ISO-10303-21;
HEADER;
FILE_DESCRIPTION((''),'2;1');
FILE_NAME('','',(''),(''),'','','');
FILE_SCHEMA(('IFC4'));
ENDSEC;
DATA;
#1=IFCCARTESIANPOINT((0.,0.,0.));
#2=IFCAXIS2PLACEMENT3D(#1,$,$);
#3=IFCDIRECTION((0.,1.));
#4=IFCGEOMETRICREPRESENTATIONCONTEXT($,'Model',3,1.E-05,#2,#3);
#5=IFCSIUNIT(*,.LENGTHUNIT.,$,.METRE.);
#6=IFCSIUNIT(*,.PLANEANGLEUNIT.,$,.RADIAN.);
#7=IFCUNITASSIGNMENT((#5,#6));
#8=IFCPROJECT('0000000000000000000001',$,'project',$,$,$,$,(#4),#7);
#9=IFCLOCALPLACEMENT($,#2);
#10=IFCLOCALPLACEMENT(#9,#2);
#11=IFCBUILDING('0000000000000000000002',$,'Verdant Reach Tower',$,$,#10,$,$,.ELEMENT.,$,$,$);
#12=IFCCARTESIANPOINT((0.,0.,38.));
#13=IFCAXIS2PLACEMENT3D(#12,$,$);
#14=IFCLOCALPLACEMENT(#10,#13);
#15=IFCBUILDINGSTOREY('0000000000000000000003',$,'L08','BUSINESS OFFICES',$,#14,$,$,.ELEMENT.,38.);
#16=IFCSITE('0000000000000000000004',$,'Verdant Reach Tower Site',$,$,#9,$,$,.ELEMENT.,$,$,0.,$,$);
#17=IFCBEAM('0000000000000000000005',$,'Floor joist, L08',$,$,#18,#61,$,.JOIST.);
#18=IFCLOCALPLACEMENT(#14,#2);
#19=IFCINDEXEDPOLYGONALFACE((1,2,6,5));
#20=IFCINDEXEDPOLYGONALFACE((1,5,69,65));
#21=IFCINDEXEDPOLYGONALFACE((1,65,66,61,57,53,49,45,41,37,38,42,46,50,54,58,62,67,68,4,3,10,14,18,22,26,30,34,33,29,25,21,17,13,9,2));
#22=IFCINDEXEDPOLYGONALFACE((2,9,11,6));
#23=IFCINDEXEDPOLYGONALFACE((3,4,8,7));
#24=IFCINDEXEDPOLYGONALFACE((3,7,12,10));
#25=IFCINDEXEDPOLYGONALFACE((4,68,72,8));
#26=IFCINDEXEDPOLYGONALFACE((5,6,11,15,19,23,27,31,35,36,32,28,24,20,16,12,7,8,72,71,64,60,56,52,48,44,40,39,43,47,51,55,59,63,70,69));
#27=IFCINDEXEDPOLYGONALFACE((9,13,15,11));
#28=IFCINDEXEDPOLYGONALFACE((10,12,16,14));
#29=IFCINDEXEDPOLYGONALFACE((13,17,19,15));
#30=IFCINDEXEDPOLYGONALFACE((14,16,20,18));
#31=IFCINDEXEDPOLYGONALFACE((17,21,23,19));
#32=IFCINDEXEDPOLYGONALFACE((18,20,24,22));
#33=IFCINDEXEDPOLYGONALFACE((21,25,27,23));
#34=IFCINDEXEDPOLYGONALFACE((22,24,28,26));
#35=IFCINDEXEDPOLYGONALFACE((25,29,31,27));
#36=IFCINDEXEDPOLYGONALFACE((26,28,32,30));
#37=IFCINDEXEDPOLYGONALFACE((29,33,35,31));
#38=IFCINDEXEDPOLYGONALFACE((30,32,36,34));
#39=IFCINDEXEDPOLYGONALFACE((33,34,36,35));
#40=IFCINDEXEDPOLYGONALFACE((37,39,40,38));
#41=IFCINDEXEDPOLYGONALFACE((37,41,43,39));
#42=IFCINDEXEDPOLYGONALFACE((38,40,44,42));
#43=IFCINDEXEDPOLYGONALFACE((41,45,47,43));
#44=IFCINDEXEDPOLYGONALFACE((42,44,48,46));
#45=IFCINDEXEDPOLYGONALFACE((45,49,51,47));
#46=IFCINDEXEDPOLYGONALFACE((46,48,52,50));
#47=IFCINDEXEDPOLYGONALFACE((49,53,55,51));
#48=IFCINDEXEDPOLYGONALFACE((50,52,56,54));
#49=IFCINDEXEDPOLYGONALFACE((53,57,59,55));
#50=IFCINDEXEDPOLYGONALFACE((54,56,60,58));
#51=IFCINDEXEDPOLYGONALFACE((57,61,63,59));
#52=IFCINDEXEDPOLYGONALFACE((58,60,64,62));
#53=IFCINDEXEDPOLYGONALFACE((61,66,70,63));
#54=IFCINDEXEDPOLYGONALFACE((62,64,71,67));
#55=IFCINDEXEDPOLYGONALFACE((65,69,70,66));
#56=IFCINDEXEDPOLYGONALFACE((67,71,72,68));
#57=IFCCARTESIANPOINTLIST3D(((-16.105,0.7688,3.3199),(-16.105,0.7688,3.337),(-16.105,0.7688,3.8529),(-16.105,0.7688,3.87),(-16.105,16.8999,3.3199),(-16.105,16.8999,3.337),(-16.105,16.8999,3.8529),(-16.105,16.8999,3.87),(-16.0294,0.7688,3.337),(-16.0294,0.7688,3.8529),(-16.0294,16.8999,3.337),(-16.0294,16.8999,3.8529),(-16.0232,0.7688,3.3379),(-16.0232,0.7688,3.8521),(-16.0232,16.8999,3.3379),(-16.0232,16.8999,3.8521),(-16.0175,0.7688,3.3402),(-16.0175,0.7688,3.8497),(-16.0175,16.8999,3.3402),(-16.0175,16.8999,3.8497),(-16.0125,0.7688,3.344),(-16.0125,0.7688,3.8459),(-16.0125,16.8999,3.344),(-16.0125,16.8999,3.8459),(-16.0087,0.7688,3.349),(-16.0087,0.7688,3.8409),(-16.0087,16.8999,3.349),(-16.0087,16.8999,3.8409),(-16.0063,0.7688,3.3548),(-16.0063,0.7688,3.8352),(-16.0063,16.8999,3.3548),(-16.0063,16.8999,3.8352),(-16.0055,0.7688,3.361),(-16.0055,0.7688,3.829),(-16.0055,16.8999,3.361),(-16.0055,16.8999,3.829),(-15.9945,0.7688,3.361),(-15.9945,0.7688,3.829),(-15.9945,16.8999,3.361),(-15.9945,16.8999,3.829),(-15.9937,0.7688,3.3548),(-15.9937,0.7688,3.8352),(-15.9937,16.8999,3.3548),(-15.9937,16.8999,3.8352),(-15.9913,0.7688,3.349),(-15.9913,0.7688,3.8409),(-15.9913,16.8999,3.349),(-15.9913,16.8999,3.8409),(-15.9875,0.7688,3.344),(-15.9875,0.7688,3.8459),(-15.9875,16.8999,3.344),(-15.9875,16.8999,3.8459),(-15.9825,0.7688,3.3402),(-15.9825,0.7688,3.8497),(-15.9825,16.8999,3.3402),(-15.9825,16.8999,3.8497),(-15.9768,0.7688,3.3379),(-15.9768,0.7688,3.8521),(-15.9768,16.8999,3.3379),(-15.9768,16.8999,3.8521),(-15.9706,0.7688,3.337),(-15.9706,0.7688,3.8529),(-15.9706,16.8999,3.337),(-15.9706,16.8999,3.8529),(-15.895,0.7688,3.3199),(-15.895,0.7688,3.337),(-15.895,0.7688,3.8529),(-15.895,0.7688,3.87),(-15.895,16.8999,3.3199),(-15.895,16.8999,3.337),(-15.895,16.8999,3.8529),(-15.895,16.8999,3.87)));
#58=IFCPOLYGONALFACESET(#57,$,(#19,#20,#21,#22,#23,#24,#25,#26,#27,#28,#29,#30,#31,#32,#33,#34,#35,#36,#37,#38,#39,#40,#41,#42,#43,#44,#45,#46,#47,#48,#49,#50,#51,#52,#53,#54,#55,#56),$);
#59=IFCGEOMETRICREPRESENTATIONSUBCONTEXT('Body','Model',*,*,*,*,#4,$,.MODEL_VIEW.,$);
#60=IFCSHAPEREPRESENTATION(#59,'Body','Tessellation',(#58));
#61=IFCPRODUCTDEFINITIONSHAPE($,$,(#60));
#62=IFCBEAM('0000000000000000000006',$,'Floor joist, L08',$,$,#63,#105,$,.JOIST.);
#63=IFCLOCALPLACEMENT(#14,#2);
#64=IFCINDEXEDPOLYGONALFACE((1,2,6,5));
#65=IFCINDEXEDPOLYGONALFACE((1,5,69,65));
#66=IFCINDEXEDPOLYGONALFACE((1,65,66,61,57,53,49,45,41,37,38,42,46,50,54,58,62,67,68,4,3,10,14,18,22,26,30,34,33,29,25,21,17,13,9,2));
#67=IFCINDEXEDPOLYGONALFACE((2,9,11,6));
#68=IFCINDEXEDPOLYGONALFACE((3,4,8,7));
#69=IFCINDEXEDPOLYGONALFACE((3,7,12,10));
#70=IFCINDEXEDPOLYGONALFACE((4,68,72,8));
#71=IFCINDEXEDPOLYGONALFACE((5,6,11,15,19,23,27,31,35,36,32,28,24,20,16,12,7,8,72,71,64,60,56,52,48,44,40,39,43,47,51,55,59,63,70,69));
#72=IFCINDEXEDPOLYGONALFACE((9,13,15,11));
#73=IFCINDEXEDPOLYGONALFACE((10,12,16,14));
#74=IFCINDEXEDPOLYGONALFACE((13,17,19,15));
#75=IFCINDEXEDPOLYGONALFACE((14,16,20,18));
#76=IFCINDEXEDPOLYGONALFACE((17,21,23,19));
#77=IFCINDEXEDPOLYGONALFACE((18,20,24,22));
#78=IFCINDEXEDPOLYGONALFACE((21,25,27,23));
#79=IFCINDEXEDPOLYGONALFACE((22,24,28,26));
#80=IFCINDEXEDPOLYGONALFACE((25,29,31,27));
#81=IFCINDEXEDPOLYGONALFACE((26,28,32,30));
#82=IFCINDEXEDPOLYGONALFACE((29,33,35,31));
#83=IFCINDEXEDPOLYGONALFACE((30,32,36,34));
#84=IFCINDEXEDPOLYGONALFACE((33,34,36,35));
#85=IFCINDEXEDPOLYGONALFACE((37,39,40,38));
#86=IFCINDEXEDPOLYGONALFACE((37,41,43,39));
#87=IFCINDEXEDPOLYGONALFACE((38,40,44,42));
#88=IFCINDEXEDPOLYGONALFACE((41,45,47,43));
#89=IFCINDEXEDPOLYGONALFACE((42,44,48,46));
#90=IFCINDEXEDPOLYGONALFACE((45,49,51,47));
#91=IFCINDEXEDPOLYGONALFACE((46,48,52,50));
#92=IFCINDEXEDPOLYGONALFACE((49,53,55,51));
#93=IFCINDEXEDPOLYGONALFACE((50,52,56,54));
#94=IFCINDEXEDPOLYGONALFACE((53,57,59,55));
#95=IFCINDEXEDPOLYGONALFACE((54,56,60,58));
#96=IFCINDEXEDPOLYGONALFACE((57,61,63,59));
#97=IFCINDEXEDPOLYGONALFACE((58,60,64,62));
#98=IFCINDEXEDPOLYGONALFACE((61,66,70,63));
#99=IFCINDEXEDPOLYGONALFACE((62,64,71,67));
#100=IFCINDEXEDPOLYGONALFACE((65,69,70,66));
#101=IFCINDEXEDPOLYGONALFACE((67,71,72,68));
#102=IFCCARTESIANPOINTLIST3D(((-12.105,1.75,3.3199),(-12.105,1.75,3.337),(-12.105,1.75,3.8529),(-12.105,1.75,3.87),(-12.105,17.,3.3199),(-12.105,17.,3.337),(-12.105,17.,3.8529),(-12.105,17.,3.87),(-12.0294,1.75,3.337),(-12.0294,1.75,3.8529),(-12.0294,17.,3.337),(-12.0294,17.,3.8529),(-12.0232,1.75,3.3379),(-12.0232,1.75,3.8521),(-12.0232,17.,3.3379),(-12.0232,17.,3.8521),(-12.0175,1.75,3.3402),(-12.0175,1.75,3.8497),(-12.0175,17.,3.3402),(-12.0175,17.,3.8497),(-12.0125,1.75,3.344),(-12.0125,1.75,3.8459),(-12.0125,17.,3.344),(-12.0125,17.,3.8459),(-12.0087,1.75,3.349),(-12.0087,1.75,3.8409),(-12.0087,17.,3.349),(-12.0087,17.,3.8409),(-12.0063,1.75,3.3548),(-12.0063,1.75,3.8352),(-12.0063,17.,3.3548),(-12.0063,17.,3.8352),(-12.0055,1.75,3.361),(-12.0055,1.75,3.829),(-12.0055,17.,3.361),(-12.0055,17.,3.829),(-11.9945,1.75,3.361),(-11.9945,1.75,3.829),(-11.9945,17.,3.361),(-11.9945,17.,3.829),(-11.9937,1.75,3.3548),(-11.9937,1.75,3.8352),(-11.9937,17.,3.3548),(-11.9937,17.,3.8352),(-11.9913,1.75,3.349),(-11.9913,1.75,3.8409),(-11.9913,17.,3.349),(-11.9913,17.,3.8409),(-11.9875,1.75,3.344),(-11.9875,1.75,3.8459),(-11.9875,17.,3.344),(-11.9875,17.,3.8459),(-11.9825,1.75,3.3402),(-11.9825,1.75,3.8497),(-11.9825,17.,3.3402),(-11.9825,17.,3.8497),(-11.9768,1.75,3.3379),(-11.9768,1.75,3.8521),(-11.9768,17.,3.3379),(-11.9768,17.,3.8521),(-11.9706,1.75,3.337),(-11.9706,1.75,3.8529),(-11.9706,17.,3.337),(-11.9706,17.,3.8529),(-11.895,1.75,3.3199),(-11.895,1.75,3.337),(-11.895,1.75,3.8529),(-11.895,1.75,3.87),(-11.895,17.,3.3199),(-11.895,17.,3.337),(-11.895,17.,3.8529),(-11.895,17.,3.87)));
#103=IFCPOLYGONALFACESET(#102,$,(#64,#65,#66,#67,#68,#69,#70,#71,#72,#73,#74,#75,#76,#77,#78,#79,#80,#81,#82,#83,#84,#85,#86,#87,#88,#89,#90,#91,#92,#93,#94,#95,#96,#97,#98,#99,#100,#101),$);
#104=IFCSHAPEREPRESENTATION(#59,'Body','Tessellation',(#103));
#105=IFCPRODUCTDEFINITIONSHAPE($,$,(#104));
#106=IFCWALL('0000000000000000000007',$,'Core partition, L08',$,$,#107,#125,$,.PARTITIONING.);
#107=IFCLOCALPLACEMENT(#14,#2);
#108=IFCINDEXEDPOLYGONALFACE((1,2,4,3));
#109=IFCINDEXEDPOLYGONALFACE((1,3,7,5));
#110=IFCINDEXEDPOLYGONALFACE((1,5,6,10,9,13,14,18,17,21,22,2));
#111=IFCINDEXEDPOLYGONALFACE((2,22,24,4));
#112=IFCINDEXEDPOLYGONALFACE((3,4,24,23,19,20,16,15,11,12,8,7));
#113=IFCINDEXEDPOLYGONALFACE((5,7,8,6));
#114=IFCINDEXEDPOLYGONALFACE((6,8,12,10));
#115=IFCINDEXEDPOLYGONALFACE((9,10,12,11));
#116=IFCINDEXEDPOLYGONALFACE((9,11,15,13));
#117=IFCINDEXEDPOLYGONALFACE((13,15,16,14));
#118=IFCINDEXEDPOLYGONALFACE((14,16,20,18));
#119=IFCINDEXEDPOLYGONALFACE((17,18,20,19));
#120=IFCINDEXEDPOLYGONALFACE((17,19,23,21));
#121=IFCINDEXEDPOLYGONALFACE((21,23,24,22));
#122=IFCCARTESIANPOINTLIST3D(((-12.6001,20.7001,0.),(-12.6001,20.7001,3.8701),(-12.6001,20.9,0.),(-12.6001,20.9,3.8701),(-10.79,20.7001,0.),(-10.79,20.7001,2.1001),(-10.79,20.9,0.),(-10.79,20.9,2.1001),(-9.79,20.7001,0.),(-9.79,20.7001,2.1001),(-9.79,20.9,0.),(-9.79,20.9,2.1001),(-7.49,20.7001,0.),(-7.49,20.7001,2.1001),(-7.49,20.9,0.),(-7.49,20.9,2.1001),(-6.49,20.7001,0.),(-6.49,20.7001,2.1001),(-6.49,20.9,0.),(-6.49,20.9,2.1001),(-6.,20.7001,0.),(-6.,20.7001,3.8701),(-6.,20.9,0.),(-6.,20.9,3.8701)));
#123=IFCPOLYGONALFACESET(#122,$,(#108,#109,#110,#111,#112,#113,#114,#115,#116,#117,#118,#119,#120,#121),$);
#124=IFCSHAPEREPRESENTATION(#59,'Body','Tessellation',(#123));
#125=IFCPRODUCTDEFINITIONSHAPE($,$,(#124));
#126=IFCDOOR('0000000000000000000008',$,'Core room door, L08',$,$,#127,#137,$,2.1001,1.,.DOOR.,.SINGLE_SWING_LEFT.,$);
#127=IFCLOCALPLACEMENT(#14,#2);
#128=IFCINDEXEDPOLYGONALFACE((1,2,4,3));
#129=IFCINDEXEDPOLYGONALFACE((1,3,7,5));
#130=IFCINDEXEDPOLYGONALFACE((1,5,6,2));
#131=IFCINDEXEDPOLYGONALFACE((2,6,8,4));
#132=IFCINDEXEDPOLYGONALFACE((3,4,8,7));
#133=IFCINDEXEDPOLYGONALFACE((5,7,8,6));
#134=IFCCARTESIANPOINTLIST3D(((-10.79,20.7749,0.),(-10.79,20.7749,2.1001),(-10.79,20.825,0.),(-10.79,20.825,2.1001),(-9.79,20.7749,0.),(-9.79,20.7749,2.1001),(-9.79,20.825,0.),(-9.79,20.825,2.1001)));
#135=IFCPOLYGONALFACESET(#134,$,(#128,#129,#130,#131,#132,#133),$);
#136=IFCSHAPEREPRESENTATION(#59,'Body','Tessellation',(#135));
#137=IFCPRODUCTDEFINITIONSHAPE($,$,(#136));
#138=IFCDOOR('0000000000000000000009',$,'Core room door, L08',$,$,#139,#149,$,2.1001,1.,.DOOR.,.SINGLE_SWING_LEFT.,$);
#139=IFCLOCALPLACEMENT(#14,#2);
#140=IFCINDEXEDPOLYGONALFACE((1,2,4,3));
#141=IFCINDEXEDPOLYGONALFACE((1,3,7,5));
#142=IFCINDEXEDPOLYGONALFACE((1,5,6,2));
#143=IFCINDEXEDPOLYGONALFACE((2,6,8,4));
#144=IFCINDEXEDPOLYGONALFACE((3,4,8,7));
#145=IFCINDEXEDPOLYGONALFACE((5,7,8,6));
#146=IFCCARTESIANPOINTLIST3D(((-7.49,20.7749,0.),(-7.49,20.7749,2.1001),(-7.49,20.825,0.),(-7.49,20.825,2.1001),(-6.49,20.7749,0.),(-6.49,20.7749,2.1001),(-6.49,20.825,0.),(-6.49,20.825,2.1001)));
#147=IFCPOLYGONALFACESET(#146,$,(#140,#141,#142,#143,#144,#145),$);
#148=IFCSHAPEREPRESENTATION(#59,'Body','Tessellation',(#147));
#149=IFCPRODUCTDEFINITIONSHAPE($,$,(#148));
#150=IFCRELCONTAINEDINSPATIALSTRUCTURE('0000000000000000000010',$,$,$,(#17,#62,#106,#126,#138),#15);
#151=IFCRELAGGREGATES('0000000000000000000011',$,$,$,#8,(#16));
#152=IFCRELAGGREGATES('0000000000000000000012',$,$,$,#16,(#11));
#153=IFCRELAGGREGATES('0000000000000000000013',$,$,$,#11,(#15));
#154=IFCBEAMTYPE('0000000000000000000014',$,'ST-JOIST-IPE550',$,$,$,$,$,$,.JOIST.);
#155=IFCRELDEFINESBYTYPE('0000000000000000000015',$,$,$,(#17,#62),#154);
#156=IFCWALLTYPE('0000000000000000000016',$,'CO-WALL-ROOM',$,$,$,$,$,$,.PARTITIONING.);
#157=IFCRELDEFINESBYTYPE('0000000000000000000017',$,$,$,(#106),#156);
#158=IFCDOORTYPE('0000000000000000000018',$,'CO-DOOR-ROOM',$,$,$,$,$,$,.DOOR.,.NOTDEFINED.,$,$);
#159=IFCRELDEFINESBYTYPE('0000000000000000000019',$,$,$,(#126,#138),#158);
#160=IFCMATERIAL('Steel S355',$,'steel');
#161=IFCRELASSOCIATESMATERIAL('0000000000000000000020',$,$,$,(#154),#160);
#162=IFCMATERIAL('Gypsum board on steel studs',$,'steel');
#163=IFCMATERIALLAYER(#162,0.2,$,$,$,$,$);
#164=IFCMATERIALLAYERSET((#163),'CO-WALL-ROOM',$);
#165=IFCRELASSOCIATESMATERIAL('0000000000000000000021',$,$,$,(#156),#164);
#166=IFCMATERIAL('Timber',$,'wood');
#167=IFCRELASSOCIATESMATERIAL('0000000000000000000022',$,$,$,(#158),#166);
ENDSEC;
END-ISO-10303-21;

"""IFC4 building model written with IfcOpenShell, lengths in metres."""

from ifc_helpers import new_model, si_unit, direction, frame, frame_2d, origin, origin_2d, place, context, subcontext, project, spatial, rectangle, i_section, extrude, material, layer, layer_set, material_profile, profile_set, type_object, element, fill, save


model = new_model("IFC4")

# Units and contexts
model_context = context("Model", 3, precision=1e-05, world=origin(), true_north=direction((0.0, 1.0)))
body_context = subcontext(model_context, "Body", "Model", "MODEL_VIEW")
ifc_project = project(units=[si_unit("LENGTHUNIT", "METRE"), si_unit("PLANEANGLEUNIT", "RADIAN")], contexts=[model_context])

# Site, building, storey
site_placement = place(None, origin())
site = spatial("IfcSite", under=ifc_project, at=site_placement, Name="Verdant Reach Tower Site", CompositionType="ELEMENT", RefElevation=0.0)
building_placement = place(site_placement, origin())
building = spatial("IfcBuilding", under=site, at=building_placement, Name="Verdant Reach Tower", CompositionType="ELEMENT")
storey_placement = place(building_placement, frame((0.0, 0.0, 38.0)))
storey = spatial("IfcBuildingStorey", under=building, at=storey_placement, Name="L08", Description="BUSINESS OFFICES", CompositionType="ELEMENT", Elevation=38.0)

# Beams
ifc_material_1 = material(Name="Steel S355", Category="steel")
ifc_material_profile_1 = material_profile(ifc_material_1, i_section(OverallWidth=0.21, OverallDepth=0.55, WebThickness=0.011, FlangeThickness=0.0171, FilletRadius=0.0239, at=origin_2d()), Name="IPE 550")
ifc_profile_set_1 = profile_set([ifc_material_profile_1], Name="Steel S355")
beam_type_1 = type_object("IfcBeamType", Name="ST-JOIST-IPE550", PredefinedType="JOIST", material=ifc_profile_set_1)
beam_1_placement = place(storey_placement, frame((-16.0, 16.8999, 3.595), z_axis=(0.0, -1.0, 0.0), x_axis=(1.0, 0.0, 0.0)))
element("IfcBeam", 1, at=beam_1_placement, inside=storey, type_object=beam_type_1, Name="Floor joist, L08", PredefinedType="JOIST", context=body_context, shape_type="SweptSolid", body=[
    extrude(i_section(OverallWidth=0.21, OverallDepth=0.55, WebThickness=0.011, FlangeThickness=0.0171, FilletRadius=0.0239, at=origin_2d()), origin(), (0.0, 0.0, 1.0), 16.1311),
])
beam_2_placement = place(storey_placement, frame((-12.0, 17.0, 3.595), z_axis=(0.0, -1.0, 0.0), x_axis=(1.0, 0.0, 0.0)))
element("IfcBeam", 2, at=beam_2_placement, inside=storey, type_object=beam_type_1, Name="Floor joist, L08", PredefinedType="JOIST", context=body_context, shape_type="SweptSolid", body=[
    extrude(i_section(OverallWidth=0.21, OverallDepth=0.55, WebThickness=0.011, FlangeThickness=0.0171, FilletRadius=0.0239, at=origin_2d()), origin(), (0.0, 0.0, 1.0), 15.25),
])

# Wall, openings, doors
ifc_material_2 = material(Name="Gypsum board on steel studs", Category="steel")
ifc_layer_1 = layer(ifc_material_2, 0.2)
ifc_layer_set_1 = layer_set([ifc_layer_1], Name="CO-WALL-ROOM")
wall_type_1 = type_object("IfcWallType", Name="CO-WALL-ROOM", PredefinedType="PARTITIONING", material=ifc_layer_set_1)
wall_1_placement = place(storey_placement, frame((-12.6001, 20.8, 0.0), z_axis=(0.0, 0.0, 1.0), x_axis=(1.0, 0.0, 0.0)))
wall_1 = element("IfcWall", 3, at=wall_1_placement, inside=storey, type_object=wall_type_1, Name="Core partition, L08", PredefinedType="PARTITIONING", context=body_context, shape_type="SweptSolid", body=[
    extrude(rectangle(XDim=6.6001, YDim=0.2, at=frame_2d((3.3, 0.0))), origin(), (0.0, 0.0, 1.0), 3.8701),
])
opening_1_placement = place(wall_1_placement, frame((1.8101, 0.0, 0.0)))
opening_1 = element("IfcOpeningElement", 4, at=opening_1_placement, cuts=wall_1, PredefinedType="OPENING", context=body_context, shape_type="SweptSolid", body=[
    extrude(rectangle(XDim=1.0, YDim=2.1001, at=frame_2d((0.5, 1.05))), frame((0.0, 0.1099, 0.0), z_axis=(0.0, -1.0, 0.0), x_axis=(1.0, 0.0, 0.0)), (0.0, 0.0, 1.0), 0.22),
])
opening_2_placement = place(wall_1_placement, frame((5.1101, 0.0, 0.0)))
opening_2 = element("IfcOpeningElement", 5, at=opening_2_placement, cuts=wall_1, PredefinedType="OPENING", context=body_context, shape_type="SweptSolid", body=[
    extrude(rectangle(XDim=1.0, YDim=2.1001, at=frame_2d((0.5, 1.05))), frame((0.0, 0.1099, 0.0), z_axis=(0.0, -1.0, 0.0), x_axis=(1.0, 0.0, 0.0)), (0.0, 0.0, 1.0), 0.22),
])
ifc_material_3 = material(Name="Timber", Category="wood")
door_type_1 = type_object("IfcDoorType", Name="CO-DOOR-ROOM", OperationType="NOTDEFINED", PredefinedType="DOOR", material=ifc_material_3)
door_1_placement = place(opening_1_placement, origin())
door_1 = element("IfcDoor", 6, at=door_1_placement, inside=storey, type_object=door_type_1, Name="Core room door, L08", OperationType="SINGLE_SWING_LEFT", OverallHeight=2.1001, OverallWidth=1.0, PredefinedType="DOOR", context=body_context, shape_type="SweptSolid", body=[
    extrude(rectangle(XDim=1.0, YDim=2.1001, at=frame_2d((0.5, 1.05))), frame((0.0, 0.0249, 0.0), z_axis=(0.0, -1.0, 0.0), x_axis=(1.0, 0.0, 0.0)), (0.0, 0.0, 1.0), 0.05),
])
fill(opening_1, door_1)
door_2_placement = place(opening_2_placement, origin())
door_2 = element("IfcDoor", 7, at=door_2_placement, inside=storey, type_object=door_type_1, Name="Core room door, L08", OperationType="SINGLE_SWING_LEFT", OverallHeight=2.1001, OverallWidth=1.0, PredefinedType="DOOR", context=body_context, shape_type="SweptSolid", body=[
    extrude(rectangle(XDim=1.0, YDim=2.1001, at=frame_2d((0.5, 1.05))), frame((0.0, 0.0249, 0.0), z_axis=(0.0, -1.0, 0.0), x_axis=(1.0, 0.0, 0.0)), (0.0, 0.0, 1.0), 0.05),
])
fill(opening_2, door_2)

save(model, "model.ifc")
